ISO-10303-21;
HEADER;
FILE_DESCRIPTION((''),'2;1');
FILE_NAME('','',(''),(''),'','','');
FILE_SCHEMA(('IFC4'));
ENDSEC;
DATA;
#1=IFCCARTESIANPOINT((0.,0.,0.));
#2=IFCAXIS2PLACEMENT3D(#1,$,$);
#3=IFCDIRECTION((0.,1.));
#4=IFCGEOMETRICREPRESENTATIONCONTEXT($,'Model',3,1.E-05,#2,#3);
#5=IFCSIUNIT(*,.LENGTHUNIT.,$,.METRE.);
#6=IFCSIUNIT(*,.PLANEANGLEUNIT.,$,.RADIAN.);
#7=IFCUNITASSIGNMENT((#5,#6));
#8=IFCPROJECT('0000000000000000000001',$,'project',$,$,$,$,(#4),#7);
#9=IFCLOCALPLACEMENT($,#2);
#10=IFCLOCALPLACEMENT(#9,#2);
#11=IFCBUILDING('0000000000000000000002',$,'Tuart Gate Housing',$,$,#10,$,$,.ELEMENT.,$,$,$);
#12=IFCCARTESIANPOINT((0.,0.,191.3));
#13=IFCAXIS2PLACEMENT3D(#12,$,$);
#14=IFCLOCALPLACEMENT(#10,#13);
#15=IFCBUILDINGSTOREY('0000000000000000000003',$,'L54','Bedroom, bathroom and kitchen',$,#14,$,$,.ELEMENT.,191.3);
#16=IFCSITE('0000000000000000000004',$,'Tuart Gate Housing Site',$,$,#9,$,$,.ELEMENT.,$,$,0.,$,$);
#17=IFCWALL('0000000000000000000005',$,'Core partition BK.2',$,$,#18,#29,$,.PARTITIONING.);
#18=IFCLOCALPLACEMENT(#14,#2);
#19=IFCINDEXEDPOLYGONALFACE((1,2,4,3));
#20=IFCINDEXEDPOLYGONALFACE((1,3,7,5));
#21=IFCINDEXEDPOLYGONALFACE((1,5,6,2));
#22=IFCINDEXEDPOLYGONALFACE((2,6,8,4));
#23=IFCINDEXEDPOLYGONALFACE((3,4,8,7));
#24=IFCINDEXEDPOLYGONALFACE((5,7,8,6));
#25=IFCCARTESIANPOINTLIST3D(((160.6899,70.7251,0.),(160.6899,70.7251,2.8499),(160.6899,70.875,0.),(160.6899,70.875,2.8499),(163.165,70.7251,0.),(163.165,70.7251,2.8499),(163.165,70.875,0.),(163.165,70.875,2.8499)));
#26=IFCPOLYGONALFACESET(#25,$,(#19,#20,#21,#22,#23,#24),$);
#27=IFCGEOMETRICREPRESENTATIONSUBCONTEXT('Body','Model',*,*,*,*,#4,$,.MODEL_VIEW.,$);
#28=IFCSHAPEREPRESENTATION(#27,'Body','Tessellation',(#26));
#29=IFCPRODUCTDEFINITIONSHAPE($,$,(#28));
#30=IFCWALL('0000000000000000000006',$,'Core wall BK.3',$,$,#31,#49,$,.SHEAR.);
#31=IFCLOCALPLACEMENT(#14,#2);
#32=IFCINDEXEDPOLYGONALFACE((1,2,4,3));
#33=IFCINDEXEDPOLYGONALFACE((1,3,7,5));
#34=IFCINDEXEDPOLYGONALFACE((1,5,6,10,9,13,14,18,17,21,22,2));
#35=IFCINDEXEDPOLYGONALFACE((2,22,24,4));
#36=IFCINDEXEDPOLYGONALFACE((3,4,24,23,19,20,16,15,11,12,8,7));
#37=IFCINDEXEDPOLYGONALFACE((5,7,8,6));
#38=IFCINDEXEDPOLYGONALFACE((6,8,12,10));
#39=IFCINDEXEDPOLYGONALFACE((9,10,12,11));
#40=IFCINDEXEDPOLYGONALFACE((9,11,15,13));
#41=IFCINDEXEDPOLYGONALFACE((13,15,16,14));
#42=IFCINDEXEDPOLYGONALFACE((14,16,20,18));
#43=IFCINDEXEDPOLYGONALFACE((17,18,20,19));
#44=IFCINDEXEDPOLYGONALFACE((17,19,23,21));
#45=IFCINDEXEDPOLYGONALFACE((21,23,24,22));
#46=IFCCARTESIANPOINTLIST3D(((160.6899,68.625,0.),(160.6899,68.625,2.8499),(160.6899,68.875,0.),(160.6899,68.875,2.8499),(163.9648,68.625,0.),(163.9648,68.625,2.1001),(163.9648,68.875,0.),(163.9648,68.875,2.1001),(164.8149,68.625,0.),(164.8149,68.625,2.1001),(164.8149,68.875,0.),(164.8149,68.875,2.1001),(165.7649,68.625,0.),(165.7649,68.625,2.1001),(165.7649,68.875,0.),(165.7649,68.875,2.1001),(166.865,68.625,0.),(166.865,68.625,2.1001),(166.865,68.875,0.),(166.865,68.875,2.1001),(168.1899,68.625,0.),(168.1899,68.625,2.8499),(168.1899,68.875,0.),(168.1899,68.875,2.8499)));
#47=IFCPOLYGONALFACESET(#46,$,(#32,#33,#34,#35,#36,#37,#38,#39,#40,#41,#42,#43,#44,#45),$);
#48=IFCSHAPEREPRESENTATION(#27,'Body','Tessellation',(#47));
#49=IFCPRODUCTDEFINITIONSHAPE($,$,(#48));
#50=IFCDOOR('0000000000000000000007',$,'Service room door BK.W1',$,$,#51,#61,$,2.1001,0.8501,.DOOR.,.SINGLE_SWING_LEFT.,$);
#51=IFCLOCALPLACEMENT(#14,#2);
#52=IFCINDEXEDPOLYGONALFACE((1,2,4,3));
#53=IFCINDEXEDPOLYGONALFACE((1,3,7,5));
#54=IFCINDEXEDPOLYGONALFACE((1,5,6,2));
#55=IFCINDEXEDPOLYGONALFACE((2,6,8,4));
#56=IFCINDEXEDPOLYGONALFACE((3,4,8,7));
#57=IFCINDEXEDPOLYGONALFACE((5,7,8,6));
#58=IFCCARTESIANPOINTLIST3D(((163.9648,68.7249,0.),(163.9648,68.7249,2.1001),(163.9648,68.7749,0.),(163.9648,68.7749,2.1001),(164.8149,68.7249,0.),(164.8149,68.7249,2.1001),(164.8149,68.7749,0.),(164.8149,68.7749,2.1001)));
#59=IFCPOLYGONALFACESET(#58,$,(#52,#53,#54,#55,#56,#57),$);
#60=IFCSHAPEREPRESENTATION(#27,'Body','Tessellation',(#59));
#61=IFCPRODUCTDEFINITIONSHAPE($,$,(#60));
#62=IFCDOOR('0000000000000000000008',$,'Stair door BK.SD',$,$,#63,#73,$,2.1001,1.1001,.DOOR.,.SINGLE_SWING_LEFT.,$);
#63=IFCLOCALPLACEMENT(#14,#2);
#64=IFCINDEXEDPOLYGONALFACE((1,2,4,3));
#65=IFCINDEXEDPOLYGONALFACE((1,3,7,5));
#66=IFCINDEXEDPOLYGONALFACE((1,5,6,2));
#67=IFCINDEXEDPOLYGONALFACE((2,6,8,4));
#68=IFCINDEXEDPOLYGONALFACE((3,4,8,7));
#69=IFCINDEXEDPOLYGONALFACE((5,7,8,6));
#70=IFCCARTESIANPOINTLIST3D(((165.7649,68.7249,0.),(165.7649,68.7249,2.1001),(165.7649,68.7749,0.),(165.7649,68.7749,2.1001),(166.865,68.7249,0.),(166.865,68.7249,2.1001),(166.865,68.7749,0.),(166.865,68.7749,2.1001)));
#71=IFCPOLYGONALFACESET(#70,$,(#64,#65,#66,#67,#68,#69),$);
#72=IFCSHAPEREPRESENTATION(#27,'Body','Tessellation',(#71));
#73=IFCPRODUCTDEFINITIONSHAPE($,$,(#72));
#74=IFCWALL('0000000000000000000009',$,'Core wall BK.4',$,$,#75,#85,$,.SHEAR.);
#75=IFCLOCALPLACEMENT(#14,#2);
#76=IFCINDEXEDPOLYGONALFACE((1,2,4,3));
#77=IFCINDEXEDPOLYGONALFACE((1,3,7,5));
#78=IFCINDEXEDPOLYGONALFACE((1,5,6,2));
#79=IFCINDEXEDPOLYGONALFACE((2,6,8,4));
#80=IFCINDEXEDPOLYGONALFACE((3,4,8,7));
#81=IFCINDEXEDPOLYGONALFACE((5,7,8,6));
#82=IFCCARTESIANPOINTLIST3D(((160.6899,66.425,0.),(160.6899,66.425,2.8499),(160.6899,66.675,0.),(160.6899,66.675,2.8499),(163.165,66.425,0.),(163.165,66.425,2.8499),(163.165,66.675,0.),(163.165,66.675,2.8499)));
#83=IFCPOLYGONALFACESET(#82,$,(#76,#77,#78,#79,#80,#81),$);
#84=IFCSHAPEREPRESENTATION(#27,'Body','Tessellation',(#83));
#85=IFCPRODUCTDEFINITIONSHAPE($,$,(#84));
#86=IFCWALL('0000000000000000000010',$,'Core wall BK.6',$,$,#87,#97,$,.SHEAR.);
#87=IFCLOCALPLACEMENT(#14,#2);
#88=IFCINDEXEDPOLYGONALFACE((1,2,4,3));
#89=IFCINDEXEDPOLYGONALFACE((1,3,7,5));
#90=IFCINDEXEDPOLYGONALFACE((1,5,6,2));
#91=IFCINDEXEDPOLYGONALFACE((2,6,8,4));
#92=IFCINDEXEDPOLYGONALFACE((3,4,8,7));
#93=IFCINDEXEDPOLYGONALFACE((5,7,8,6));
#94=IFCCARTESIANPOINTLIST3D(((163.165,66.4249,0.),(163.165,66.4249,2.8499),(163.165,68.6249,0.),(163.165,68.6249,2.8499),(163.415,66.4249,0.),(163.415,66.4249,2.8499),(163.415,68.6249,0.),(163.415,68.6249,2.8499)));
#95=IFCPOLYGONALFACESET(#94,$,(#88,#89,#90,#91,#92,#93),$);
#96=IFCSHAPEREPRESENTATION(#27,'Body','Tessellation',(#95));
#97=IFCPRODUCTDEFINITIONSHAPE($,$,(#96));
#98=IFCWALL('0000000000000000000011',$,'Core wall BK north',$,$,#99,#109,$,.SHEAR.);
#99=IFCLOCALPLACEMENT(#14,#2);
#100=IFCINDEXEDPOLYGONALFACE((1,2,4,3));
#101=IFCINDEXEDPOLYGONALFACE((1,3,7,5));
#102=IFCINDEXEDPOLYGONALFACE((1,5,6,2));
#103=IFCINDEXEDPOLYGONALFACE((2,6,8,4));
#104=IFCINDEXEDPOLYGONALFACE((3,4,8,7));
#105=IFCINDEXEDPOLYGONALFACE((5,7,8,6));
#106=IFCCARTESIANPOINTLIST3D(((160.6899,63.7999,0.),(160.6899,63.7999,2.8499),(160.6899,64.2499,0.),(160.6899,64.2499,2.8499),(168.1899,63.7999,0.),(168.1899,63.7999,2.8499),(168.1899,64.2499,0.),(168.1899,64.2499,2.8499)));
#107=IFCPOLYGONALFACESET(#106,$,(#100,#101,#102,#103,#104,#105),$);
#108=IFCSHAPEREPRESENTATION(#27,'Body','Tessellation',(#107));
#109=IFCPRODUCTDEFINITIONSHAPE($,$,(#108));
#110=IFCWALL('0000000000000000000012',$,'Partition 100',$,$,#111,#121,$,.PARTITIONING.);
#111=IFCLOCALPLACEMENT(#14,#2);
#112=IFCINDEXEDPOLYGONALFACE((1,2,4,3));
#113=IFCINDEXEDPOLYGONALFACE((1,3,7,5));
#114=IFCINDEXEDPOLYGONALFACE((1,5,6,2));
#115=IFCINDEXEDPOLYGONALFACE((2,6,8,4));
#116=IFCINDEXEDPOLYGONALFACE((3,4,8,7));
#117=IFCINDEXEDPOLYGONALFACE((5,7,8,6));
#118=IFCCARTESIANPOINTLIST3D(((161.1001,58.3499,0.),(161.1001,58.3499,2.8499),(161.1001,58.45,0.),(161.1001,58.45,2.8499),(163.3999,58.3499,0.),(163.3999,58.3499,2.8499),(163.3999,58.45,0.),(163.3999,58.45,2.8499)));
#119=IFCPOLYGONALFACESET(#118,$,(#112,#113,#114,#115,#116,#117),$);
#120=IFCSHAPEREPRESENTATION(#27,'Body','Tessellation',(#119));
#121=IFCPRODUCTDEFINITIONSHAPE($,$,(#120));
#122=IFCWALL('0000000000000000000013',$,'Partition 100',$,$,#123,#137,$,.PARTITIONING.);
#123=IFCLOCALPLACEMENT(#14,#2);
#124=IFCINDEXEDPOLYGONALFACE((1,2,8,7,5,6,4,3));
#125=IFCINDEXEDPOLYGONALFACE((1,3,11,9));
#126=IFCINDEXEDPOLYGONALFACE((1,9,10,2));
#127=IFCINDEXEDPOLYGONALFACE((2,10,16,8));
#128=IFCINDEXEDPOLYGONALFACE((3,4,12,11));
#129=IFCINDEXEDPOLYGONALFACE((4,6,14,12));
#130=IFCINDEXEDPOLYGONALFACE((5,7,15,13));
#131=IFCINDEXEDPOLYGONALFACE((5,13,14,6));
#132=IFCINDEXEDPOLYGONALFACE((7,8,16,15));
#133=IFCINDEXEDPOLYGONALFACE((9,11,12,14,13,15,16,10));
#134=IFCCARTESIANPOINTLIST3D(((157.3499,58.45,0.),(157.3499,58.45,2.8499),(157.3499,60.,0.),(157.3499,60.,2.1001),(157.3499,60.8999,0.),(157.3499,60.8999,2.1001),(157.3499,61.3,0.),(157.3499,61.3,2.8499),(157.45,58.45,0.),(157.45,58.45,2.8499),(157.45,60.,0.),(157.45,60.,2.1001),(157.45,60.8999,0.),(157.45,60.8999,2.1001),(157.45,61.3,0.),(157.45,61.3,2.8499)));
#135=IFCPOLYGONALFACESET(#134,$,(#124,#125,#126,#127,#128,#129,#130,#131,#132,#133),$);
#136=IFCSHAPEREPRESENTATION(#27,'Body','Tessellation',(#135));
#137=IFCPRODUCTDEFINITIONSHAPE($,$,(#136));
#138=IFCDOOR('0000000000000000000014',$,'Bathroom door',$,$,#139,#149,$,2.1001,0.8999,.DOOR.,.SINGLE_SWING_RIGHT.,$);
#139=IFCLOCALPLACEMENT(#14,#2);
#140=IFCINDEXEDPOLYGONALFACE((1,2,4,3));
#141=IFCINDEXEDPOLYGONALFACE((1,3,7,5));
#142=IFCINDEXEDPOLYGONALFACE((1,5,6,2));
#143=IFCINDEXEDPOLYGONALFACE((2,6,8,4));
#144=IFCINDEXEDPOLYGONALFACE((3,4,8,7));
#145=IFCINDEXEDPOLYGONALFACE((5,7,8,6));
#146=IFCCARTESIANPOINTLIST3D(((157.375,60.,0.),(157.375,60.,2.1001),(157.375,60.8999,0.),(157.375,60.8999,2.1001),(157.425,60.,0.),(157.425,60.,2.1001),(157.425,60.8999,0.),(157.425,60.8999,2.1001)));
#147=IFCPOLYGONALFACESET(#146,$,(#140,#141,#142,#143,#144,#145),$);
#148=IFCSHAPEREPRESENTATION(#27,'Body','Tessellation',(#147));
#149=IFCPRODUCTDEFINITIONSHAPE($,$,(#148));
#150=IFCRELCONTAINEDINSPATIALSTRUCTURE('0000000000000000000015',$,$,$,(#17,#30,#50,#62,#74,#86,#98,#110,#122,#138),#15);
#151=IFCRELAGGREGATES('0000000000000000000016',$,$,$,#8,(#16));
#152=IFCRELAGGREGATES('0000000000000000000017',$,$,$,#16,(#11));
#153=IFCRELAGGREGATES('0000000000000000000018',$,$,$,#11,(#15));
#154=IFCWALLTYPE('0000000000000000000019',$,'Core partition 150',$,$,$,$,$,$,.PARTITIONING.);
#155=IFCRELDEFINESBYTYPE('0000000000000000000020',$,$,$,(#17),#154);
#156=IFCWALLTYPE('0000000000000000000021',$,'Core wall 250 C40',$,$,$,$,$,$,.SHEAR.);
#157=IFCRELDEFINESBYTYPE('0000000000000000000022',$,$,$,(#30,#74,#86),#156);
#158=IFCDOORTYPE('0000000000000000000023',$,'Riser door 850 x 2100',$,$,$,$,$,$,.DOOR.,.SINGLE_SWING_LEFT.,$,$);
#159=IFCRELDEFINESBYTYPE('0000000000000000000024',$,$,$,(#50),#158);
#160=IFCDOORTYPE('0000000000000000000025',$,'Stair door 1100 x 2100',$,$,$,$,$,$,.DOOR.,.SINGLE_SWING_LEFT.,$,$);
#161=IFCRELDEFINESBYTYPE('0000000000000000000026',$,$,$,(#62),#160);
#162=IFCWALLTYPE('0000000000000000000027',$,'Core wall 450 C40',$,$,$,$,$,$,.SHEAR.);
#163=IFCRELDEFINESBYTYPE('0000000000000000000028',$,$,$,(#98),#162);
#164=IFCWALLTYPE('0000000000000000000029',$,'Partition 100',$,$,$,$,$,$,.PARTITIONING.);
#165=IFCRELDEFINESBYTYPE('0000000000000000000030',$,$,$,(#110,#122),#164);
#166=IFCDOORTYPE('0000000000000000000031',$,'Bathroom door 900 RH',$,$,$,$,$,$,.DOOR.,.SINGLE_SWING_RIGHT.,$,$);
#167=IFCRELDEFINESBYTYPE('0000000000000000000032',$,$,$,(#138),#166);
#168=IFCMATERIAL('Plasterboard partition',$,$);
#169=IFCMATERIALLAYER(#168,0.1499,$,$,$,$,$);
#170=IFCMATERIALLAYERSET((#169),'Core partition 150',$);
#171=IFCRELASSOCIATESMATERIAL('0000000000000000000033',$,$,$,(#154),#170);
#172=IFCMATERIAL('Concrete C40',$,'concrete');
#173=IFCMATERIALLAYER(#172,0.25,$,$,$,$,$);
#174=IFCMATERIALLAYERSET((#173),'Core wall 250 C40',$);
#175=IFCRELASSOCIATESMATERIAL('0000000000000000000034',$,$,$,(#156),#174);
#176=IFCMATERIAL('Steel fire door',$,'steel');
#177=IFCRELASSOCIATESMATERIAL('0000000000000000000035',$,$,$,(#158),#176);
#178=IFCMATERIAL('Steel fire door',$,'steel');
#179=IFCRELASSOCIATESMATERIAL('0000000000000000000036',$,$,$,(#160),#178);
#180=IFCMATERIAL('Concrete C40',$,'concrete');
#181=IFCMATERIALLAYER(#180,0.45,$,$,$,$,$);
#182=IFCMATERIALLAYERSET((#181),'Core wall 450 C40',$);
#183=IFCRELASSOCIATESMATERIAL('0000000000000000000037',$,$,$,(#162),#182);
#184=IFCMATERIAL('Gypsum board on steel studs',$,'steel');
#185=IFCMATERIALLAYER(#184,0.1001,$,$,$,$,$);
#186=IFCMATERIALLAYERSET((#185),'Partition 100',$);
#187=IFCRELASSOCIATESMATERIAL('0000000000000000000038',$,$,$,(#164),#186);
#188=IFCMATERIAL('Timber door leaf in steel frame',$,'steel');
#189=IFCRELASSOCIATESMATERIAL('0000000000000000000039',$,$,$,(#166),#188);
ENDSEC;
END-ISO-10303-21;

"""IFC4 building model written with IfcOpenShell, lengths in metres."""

from ifc_helpers import new_model, si_unit, direction, frame, frame_2d, origin, place, context, subcontext, project, spatial, rectangle, extrude, material, layer, layer_set, type_object, element, fill, save


model = new_model("IFC4")

# Units and contexts
model_context = context("Model", 3, precision=1e-05, world=origin(), true_north=direction((0.0, 1.0)))
body_context = subcontext(model_context, "Body", "Model", "MODEL_VIEW")
ifc_project = project(units=[si_unit("LENGTHUNIT", "METRE"), si_unit("PLANEANGLEUNIT", "RADIAN")], contexts=[model_context])

# Site, building, storey
site_placement = place(None, origin())
site = spatial("IfcSite", under=ifc_project, at=site_placement, Name="Tuart Gate Housing Site", CompositionType="ELEMENT", RefElevation=0.0)
building_placement = place(site_placement, origin())
building = spatial("IfcBuilding", under=site, at=building_placement, Name="Tuart Gate Housing", CompositionType="ELEMENT")
storey_placement = place(building_placement, frame((0.0, 0.0, 191.3)))
storey = spatial("IfcBuildingStorey", under=building, at=storey_placement, Name="L54", Description="Bedroom, bathroom and kitchen", CompositionType="ELEMENT", Elevation=191.3)

# Wall
ifc_material_1 = material(Name="Plasterboard partition")
ifc_layer_1 = layer(ifc_material_1, 0.1499)
ifc_layer_set_1 = layer_set([ifc_layer_1], Name="Core partition 150")
wall_type_1 = type_object("IfcWallType", Name="Core partition 150", PredefinedType="PARTITIONING", material=ifc_layer_set_1)
wall_1_placement = place(storey_placement, frame((160.6899, 70.8, 0.0), z_axis=(0.0, 0.0, 1.0), x_axis=(1.0, 0.0, 0.0)))
element("IfcWall", 1, at=wall_1_placement, inside=storey, type_object=wall_type_1, Name="Core partition BK.2", PredefinedType="PARTITIONING", context=body_context, shape_type="SweptSolid", body=[
    extrude(rectangle(XDim=2.4751, YDim=0.1499, at=frame_2d((1.2375, 0.0))), origin(), (0.0, 0.0, 1.0), 2.8499),
])

# Wall, openings, doors
ifc_material_2 = material(Name="Concrete C40", Category="concrete")
ifc_layer_2 = layer(ifc_material_2, 0.25)
ifc_layer_set_2 = layer_set([ifc_layer_2], Name="Core wall 250 C40")
wall_type_2 = type_object("IfcWallType", Name="Core wall 250 C40", PredefinedType="SHEAR", material=ifc_layer_set_2)
wall_2_placement = place(storey_placement, frame((160.6899, 68.75, 0.0), z_axis=(0.0, 0.0, 1.0), x_axis=(1.0, 0.0, 0.0)))
wall_2 = element("IfcWall", 2, at=wall_2_placement, inside=storey, type_object=wall_type_2, Name="Core wall BK.3", PredefinedType="SHEAR", context=body_context, shape_type="SweptSolid", body=[
    extrude(rectangle(XDim=7.5, YDim=0.25, at=frame_2d((3.75, 0.0))), origin(), (0.0, 0.0, 1.0), 2.8499),
])
opening_1_placement = place(wall_2_placement, frame((5.075, 0.0, 0.0)))
opening_1 = element("IfcOpeningElement", 3, at=opening_1_placement, cuts=wall_2, PredefinedType="OPENING", context=body_context, shape_type="SweptSolid", body=[
    extrude(rectangle(XDim=1.1001, YDim=2.1001, at=frame_2d((0.55, 1.05))), frame((0.0, 0.135, 0.0), z_axis=(0.0, -1.0, 0.0), x_axis=(1.0, 0.0, 0.0)), (0.0, 0.0, 1.0), 0.27),
])
opening_2_placement = place(wall_2_placement, frame((3.2749, 0.0, 0.0)))
opening_2 = element("IfcOpeningElement", 4, at=opening_2_placement, cuts=wall_2, PredefinedType="OPENING", context=body_context, shape_type="SweptSolid", body=[
    extrude(rectangle(XDim=0.8501, YDim=2.1001, at=frame_2d((0.425, 1.05))), frame((0.0, 0.135, 0.0), z_axis=(0.0, -1.0, 0.0), x_axis=(1.0, 0.0, 0.0)), (0.0, 0.0, 1.0), 0.27),
])
ifc_material_3 = material(Name="Steel fire door", Category="steel")
door_type_1 = type_object("IfcDoorType", Name="Riser door 850 x 2100", OperationType="SINGLE_SWING_LEFT", PredefinedType="DOOR", material=ifc_material_3)
door_1_placement = place(opening_2_placement, origin())
door_1 = element("IfcDoor", 5, at=door_1_placement, inside=storey, type_object=door_type_1, Name="Service room door BK.W1", OperationType="SINGLE_SWING_LEFT", OverallHeight=2.1001, OverallWidth=0.8501, PredefinedType="DOOR", context=body_context, shape_type="SweptSolid", body=[
    extrude(rectangle(XDim=0.8501, YDim=2.1001, at=frame_2d((0.425, 1.05))), frame((0.0, 0.0249, 0.0), z_axis=(0.0, -1.0, 0.0), x_axis=(1.0, 0.0, 0.0)), (0.0, 0.0, 1.0), 0.05),
])
fill(opening_2, door_1)
ifc_material_4 = material(Name="Steel fire door", Category="steel")
door_type_2 = type_object("IfcDoorType", Name="Stair door 1100 x 2100", OperationType="SINGLE_SWING_LEFT", PredefinedType="DOOR", material=ifc_material_4)
door_2_placement = place(opening_1_placement, origin())
door_2 = element("IfcDoor", 6, at=door_2_placement, inside=storey, type_object=door_type_2, Name="Stair door BK.SD", OperationType="SINGLE_SWING_LEFT", OverallHeight=2.1001, OverallWidth=1.1001, PredefinedType="DOOR", context=body_context, shape_type="SweptSolid", body=[
    extrude(rectangle(XDim=1.1001, YDim=2.1001, at=frame_2d((0.55, 1.05))), frame((0.0, 0.0249, 0.0), z_axis=(0.0, -1.0, 0.0), x_axis=(1.0, 0.0, 0.0)), (0.0, 0.0, 1.0), 0.05),
])
fill(opening_1, door_2)

# Walls
wall_3_placement = place(storey_placement, frame((160.6899, 66.55, 0.0), z_axis=(0.0, 0.0, 1.0), x_axis=(1.0, 0.0, 0.0)))
element("IfcWall", 7, at=wall_3_placement, inside=storey, type_object=wall_type_2, Name="Core wall BK.4", PredefinedType="SHEAR", context=body_context, shape_type="SweptSolid", body=[
    extrude(rectangle(XDim=2.4751, YDim=0.25, at=frame_2d((1.2375, 0.0))), origin(), (0.0, 0.0, 1.0), 2.8499),
])
wall_4_placement = place(storey_placement, frame((163.29, 68.625, 0.0), z_axis=(0.0, 0.0, 1.0), x_axis=(0.0, -1.0, 0.0)))
element("IfcWall", 8, at=wall_4_placement, inside=storey, type_object=wall_type_2, Name="Core wall BK.6", PredefinedType="SHEAR", context=body_context, shape_type="SweptSolid", body=[
    extrude(rectangle(XDim=2.2, YDim=0.25, at=frame_2d((1.1001, 0.0))), origin(), (0.0, 0.0, 1.0), 2.8499),
])
ifc_material_5 = material(Name="Concrete C40", Category="concrete")
ifc_layer_3 = layer(ifc_material_5, 0.45)
ifc_layer_set_3 = layer_set([ifc_layer_3], Name="Core wall 450 C40")
wall_type_3 = type_object("IfcWallType", Name="Core wall 450 C40", PredefinedType="SHEAR", material=ifc_layer_set_3)
wall_5_placement = place(storey_placement, frame((160.6899, 64.0249, 0.0), z_axis=(0.0, 0.0, 1.0), x_axis=(1.0, 0.0, 0.0)))
element("IfcWall", 9, at=wall_5_placement, inside=storey, type_object=wall_type_3, Name="Core wall BK north", PredefinedType="SHEAR", context=body_context, shape_type="SweptSolid", body=[
    extrude(rectangle(XDim=7.5, YDim=0.45, at=frame_2d((3.75, 0.0))), origin(), (0.0, 0.0, 1.0), 2.8499),
])
ifc_material_6 = material(Name="Gypsum board on steel studs", Category="steel")
ifc_layer_4 = layer(ifc_material_6, 0.1001)
ifc_layer_set_4 = layer_set([ifc_layer_4], Name="Partition 100")
wall_type_4 = type_object("IfcWallType", Name="Partition 100", PredefinedType="PARTITIONING", material=ifc_layer_set_4)
wall_6_placement = place(storey_placement, frame((161.1001, 58.3999, 0.0), z_axis=(0.0, 0.0, 1.0), x_axis=(1.0, 0.0, 0.0)))
element("IfcWall", 10, at=wall_6_placement, inside=storey, type_object=wall_type_4, Name="Partition 100", PredefinedType="PARTITIONING", context=body_context, shape_type="SweptSolid", body=[
    extrude(rectangle(XDim=2.2998, YDim=0.1001, at=frame_2d((1.1499, 0.0))), origin(), (0.0, 0.0, 1.0), 2.8499),
])

# Wall, opening, door
wall_7_placement = place(storey_placement, frame((157.3999, 58.45, 0.0), z_axis=(0.0, 0.0, 1.0), x_axis=(0.0, 1.0, 0.0)))
wall_7 = element("IfcWall", 11, at=wall_7_placement, inside=storey, type_object=wall_type_4, Name="Partition 100", PredefinedType="PARTITIONING", context=body_context, shape_type="SweptSolid", body=[
    extrude(rectangle(XDim=2.8501, YDim=0.1001, at=frame_2d((1.425, 0.0))), origin(), (0.0, 0.0, 1.0), 2.8499),
])
opening_3_placement = place(wall_7_placement, frame((1.55, 0.0, 0.0)))
opening_3 = element("IfcOpeningElement", 12, at=opening_3_placement, cuts=wall_7, PredefinedType="OPENING", context=body_context, shape_type="SweptSolid", body=[
    extrude(rectangle(XDim=0.8999, YDim=2.1001, at=frame_2d((0.45, 1.05))), frame((0.0, 0.0601, 0.0), z_axis=(0.0, -1.0, 0.0), x_axis=(1.0, 0.0, 0.0)), (0.0, 0.0, 1.0), 0.1201),
])
ifc_material_7 = material(Name="Timber door leaf in steel frame", Category="steel")
door_type_3 = type_object("IfcDoorType", Name="Bathroom door 900 RH", OperationType="SINGLE_SWING_RIGHT", PredefinedType="DOOR", material=ifc_material_7)
door_3_placement = place(opening_3_placement, origin())
door_3 = element("IfcDoor", 13, at=door_3_placement, inside=storey, type_object=door_type_3, Name="Bathroom door", OperationType="SINGLE_SWING_RIGHT", OverallHeight=2.1001, OverallWidth=0.8999, PredefinedType="DOOR", context=body_context, shape_type="SweptSolid", body=[
    extrude(rectangle(XDim=0.8999, YDim=2.1001, at=frame_2d((0.45, 1.05))), frame((0.0, 0.0249, 0.0), z_axis=(0.0, -1.0, 0.0), x_axis=(1.0, 0.0, 0.0)), (0.0, 0.0, 1.0), 0.05),
])
fill(opening_3, door_3)

save(model, "model.ifc")
